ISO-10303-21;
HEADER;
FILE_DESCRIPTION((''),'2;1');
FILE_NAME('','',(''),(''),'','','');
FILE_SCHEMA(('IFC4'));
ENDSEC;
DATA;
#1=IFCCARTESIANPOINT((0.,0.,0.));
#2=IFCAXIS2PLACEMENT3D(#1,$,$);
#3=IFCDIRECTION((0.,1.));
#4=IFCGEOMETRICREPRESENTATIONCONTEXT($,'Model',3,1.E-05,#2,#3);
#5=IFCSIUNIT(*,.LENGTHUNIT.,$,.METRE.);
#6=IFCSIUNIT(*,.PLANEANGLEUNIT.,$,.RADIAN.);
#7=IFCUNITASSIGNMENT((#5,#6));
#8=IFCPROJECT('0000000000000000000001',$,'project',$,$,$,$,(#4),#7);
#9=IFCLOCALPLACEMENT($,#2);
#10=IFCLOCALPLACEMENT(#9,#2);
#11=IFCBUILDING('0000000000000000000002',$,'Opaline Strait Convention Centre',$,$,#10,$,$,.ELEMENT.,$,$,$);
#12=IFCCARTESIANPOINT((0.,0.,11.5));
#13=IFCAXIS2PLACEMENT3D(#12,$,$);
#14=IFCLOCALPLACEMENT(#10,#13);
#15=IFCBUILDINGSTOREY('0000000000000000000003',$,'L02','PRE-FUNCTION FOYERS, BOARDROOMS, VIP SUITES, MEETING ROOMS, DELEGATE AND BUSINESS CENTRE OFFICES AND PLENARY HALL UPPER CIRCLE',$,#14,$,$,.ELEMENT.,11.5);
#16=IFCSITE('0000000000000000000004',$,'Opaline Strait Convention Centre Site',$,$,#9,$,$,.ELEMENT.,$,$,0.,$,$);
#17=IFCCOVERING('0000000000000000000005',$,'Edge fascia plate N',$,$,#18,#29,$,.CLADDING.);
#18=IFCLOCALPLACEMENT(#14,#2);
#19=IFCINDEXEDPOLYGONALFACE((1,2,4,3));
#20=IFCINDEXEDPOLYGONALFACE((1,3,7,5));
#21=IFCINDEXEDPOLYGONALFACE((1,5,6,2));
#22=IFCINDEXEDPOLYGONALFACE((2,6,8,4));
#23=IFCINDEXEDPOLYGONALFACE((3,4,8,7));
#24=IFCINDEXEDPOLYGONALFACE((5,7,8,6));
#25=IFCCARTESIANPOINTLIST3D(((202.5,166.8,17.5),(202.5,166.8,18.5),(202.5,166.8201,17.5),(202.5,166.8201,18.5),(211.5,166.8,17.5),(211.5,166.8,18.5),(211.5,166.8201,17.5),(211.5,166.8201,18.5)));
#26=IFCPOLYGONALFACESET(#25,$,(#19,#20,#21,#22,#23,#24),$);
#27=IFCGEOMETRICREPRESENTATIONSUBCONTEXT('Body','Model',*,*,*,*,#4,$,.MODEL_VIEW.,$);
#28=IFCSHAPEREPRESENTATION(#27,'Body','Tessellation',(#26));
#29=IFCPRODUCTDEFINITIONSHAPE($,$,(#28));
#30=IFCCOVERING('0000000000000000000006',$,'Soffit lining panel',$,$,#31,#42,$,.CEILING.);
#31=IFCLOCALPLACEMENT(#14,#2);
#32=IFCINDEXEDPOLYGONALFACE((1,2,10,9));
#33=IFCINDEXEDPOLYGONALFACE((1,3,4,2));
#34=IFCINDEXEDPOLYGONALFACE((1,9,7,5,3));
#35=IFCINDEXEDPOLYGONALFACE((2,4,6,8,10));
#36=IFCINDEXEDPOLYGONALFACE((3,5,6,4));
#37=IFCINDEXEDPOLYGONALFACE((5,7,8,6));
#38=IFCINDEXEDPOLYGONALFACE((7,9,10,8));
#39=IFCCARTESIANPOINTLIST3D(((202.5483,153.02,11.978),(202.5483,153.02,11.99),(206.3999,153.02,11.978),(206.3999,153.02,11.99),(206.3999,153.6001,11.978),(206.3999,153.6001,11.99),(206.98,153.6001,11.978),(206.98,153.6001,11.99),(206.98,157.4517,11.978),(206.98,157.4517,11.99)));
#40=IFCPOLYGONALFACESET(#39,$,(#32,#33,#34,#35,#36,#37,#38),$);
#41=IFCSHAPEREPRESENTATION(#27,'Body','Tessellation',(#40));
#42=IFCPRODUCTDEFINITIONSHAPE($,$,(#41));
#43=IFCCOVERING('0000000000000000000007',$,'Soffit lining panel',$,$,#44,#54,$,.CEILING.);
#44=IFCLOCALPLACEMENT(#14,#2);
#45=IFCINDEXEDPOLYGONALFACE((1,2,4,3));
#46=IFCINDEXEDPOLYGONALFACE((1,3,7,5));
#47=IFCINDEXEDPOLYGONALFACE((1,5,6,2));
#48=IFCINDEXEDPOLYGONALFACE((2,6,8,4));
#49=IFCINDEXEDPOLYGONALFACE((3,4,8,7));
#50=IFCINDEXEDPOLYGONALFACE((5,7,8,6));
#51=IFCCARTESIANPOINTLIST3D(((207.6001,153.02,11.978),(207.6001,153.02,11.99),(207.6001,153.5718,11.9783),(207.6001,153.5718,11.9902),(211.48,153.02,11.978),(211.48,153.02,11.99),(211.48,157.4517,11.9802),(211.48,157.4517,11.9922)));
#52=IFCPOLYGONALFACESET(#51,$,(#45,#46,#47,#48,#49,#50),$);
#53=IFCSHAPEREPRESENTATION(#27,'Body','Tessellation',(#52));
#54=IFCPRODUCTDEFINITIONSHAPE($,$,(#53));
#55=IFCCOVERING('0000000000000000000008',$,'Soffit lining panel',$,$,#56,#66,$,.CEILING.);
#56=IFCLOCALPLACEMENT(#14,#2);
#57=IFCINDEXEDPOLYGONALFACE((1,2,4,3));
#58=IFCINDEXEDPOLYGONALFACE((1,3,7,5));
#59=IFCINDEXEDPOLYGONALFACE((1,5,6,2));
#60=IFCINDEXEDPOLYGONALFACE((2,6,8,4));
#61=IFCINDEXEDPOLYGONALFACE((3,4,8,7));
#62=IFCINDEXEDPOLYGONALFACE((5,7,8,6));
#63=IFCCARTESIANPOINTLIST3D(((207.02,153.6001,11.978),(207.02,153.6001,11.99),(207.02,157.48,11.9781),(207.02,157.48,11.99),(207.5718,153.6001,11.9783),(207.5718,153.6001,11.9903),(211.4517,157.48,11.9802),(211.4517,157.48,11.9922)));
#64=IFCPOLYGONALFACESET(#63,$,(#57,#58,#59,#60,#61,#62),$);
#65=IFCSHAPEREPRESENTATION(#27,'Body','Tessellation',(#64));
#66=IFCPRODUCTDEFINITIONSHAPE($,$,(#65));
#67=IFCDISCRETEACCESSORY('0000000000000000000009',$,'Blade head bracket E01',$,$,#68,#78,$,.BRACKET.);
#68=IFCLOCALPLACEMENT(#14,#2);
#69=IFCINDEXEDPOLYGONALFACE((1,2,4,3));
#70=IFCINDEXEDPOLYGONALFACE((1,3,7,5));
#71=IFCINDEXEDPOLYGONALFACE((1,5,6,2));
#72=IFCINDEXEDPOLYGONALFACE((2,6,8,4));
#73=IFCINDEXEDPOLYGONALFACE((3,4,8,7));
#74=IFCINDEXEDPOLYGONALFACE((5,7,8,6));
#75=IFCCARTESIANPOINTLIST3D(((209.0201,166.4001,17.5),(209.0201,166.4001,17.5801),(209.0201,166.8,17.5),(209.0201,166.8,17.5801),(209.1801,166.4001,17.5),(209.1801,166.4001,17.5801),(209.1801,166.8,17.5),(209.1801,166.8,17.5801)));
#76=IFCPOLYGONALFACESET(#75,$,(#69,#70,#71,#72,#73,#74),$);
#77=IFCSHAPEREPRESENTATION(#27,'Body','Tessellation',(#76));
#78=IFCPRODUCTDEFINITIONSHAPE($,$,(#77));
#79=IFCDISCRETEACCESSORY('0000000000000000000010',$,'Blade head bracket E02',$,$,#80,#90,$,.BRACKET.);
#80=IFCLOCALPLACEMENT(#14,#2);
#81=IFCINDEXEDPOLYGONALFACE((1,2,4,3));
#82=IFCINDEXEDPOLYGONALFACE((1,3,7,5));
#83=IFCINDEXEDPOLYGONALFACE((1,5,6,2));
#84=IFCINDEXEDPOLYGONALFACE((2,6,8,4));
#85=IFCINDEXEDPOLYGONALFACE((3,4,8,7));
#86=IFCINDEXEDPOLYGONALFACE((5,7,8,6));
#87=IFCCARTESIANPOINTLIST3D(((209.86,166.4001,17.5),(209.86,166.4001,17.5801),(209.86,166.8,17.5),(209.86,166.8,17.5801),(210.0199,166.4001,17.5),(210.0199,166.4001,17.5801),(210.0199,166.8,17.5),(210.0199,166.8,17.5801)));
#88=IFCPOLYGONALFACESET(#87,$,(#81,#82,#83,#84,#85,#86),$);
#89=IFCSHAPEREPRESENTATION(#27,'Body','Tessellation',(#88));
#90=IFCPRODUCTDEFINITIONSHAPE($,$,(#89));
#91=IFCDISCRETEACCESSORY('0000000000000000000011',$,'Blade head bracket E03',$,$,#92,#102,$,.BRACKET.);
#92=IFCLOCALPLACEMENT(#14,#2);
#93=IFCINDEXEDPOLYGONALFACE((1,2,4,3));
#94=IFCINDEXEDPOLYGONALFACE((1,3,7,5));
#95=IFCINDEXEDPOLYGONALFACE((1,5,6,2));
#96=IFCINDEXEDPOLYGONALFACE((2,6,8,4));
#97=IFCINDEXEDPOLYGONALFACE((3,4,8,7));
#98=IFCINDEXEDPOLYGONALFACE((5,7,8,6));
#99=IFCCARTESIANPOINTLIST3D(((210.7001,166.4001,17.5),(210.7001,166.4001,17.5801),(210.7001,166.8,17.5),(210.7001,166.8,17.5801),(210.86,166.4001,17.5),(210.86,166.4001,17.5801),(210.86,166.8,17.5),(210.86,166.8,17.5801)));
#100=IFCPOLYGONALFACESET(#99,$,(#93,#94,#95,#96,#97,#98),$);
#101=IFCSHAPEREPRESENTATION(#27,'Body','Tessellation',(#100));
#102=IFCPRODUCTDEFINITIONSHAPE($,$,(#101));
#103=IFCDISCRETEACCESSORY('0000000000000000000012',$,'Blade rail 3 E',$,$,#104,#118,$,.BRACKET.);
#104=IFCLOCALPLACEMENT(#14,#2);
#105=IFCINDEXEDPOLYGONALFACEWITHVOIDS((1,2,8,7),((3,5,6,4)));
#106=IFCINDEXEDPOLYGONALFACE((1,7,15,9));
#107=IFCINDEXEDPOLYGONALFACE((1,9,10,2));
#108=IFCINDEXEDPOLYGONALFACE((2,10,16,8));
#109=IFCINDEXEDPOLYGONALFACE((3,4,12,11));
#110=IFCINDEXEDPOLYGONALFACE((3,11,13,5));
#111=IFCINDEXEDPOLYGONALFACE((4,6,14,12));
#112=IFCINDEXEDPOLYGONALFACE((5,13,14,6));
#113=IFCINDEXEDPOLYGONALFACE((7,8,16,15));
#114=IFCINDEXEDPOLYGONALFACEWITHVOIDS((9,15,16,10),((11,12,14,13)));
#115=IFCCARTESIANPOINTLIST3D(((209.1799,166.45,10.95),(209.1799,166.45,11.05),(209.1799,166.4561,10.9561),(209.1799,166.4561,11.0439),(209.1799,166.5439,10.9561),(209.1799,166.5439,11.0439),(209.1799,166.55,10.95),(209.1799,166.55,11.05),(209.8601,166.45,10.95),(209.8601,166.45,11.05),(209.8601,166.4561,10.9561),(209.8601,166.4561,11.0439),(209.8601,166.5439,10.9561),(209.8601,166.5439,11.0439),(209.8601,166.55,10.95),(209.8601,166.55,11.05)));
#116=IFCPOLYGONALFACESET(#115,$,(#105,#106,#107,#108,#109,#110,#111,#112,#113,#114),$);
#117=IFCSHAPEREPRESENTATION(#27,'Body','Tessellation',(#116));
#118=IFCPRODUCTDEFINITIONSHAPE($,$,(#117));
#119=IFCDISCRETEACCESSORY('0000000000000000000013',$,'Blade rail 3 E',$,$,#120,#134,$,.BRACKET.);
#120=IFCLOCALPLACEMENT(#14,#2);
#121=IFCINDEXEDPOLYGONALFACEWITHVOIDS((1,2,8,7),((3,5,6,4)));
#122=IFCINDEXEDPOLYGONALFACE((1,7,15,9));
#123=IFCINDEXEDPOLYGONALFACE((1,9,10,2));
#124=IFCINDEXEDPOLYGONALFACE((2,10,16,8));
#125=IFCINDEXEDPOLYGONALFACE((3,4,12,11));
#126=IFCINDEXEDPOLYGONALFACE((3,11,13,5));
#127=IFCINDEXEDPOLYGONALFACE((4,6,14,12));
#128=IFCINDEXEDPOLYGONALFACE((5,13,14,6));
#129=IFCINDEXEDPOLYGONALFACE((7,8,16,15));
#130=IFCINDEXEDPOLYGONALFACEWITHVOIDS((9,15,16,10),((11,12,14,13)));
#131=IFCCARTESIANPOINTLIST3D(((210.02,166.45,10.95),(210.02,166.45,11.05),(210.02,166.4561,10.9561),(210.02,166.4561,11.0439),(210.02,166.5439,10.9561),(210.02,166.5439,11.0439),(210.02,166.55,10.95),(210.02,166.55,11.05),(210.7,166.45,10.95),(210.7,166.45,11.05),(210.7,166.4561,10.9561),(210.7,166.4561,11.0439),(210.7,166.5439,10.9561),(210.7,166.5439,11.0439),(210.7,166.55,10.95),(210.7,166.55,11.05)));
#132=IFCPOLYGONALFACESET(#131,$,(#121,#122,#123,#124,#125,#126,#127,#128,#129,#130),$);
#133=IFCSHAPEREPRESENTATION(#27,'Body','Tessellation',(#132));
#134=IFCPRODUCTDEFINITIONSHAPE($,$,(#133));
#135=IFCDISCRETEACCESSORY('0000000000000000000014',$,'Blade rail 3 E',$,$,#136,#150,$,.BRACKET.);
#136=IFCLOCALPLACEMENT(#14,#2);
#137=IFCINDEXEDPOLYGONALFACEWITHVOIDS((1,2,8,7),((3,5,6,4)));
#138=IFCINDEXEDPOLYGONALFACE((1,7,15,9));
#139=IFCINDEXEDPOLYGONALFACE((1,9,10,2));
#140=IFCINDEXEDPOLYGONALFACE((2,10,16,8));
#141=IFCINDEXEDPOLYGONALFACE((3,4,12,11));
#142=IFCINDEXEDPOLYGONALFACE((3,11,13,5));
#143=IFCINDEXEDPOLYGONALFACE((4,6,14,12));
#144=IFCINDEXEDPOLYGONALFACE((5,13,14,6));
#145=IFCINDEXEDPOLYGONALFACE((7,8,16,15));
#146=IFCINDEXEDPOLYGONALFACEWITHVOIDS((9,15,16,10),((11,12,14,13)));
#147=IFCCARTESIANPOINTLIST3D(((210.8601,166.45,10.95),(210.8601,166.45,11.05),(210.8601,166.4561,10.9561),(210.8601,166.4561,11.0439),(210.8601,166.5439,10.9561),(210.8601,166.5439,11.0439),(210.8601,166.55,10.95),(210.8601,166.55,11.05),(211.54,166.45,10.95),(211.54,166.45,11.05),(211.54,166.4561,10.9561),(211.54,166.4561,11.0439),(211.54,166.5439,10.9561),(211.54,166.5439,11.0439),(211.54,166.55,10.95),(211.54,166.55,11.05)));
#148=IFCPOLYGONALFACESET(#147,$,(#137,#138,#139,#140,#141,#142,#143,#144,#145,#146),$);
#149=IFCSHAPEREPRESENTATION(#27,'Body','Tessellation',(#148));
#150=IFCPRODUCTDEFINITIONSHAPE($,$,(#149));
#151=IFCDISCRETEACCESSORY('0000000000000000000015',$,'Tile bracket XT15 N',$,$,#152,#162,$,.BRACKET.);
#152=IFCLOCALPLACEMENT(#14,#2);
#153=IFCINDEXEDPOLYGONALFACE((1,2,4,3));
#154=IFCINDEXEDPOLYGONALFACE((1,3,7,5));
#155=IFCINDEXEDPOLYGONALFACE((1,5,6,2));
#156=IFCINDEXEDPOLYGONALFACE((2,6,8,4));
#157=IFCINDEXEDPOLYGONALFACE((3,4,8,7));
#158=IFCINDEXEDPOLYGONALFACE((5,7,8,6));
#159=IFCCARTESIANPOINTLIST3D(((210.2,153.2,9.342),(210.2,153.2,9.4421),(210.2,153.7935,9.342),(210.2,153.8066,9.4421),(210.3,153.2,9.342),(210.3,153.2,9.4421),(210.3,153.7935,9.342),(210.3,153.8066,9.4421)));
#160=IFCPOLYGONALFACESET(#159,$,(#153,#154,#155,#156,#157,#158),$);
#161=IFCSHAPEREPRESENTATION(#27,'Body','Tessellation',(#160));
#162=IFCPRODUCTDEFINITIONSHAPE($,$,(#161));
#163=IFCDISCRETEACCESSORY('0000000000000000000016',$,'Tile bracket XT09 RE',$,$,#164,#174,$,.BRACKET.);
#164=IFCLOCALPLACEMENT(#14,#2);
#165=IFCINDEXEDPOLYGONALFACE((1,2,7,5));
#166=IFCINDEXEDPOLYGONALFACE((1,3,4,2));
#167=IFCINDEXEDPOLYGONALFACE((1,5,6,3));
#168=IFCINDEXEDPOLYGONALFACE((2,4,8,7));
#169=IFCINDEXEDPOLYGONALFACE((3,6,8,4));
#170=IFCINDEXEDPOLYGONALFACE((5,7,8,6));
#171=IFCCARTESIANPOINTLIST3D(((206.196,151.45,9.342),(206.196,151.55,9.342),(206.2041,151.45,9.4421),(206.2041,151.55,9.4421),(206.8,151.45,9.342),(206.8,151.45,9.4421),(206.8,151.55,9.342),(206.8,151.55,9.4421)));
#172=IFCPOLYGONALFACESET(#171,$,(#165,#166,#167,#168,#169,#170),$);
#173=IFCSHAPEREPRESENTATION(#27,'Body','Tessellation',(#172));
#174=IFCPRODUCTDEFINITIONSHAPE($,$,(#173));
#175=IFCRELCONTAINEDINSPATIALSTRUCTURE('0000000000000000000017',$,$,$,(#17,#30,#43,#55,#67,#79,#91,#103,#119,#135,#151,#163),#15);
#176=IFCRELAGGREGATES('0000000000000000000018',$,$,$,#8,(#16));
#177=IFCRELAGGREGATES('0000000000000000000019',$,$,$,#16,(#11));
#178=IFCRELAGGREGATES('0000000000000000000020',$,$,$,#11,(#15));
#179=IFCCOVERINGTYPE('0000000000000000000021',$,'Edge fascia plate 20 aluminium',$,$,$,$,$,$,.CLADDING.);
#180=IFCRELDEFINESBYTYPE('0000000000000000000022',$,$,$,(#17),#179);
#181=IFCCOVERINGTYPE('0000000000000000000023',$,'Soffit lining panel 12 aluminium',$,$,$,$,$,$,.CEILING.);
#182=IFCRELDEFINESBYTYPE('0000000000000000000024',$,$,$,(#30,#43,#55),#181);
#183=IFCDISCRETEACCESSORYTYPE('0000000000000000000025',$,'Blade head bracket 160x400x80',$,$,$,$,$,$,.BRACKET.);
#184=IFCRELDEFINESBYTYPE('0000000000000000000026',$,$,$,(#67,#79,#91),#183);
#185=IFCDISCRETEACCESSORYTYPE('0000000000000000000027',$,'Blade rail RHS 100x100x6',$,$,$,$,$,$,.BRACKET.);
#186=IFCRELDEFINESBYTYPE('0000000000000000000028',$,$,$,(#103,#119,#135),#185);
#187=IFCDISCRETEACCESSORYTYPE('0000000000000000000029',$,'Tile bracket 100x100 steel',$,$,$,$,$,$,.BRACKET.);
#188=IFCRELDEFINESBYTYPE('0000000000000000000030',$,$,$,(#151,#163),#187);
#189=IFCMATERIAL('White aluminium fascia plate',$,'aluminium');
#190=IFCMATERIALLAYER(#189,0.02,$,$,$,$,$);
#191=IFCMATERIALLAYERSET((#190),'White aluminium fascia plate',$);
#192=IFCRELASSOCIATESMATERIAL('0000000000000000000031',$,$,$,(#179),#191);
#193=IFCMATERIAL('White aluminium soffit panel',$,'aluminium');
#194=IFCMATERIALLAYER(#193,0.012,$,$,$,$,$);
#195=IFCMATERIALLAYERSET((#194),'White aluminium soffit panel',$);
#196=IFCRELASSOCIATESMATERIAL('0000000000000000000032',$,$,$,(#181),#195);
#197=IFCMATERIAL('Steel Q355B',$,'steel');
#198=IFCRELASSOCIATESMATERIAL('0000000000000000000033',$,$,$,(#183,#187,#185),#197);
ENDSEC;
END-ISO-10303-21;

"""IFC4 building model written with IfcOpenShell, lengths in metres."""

from ifc_helpers import new_model, si_unit, direction, frame, origin, origin_2d, place, context, subcontext, project, spatial, polyline, rectangle, hollow_rectangle, outline, extrude, material, layer, layer_set, material_profile, profile_set, type_object, element, save


model = new_model("IFC4")

# Units and contexts
model_context = context("Model", 3, precision=1e-05, world=origin(), true_north=direction((0.0, 1.0)))
body_context = subcontext(model_context, "Body", "Model", "MODEL_VIEW")
ifc_project = project(units=[si_unit("LENGTHUNIT", "METRE"), si_unit("PLANEANGLEUNIT", "RADIAN")], contexts=[model_context])

# Site, building, storey
site_placement = place(None, origin())
site = spatial("IfcSite", under=ifc_project, at=site_placement, Name="Opaline Strait Convention Centre Site", CompositionType="ELEMENT", RefElevation=0.0)
building_placement = place(site_placement, origin())
building = spatial("IfcBuilding", under=site, at=building_placement, Name="Opaline Strait Convention Centre", CompositionType="ELEMENT")
storey_placement = place(building_placement, frame((0.0, 0.0, 11.5)))
storey = spatial("IfcBuildingStorey", under=building, at=storey_placement, Name="L02", Description="PRE-FUNCTION FOYERS, BOARDROOMS, VIP SUITES, MEETING ROOMS, DELEGATE AND BUSINESS CENTRE OFFICES AND PLENARY HALL UPPER CIRCLE", CompositionType="ELEMENT", Elevation=11.5)

# Shared definitions
ifc_material_1 = material(Name="Steel Q355B", Category="steel")

# Coverings
ifc_material_2 = material(Name="White aluminium fascia plate", Category="aluminium")
ifc_layer_1 = layer(ifc_material_2, 0.02)
ifc_layer_set_1 = layer_set([ifc_layer_1], Name="White aluminium fascia plate")
covering_type_1 = type_object("IfcCoveringType", Name="Edge fascia plate 20 aluminium", PredefinedType="CLADDING", material=ifc_layer_set_1)
covering_1_placement = place(storey_placement, frame((207.0, 166.8, 18.0), z_axis=(0.0, 1.0, 0.0), x_axis=(-1.0, 0.0, 0.0)))
element("IfcCovering", 1, at=covering_1_placement, inside=storey, type_object=covering_type_1, Name="Edge fascia plate N", PredefinedType="CLADDING", context=body_context, shape_type="SweptSolid", body=[
    extrude(outline(polyline([(-4.5, 0.5), (4.5, 0.5), (4.5, -0.5), (-4.5, -0.5), (-4.5, 0.5)])), origin(), (0.0, 0.0, 1.0), 0.02),
])
ifc_material_3 = material(Name="White aluminium soffit panel", Category="aluminium")
ifc_layer_2 = layer(ifc_material_3, 0.012)
ifc_layer_set_2 = layer_set([ifc_layer_2], Name="White aluminium soffit panel")
covering_type_2 = type_object("IfcCoveringType", Name="Soffit lining panel 12 aluminium", PredefinedType="CEILING", material=ifc_layer_set_2)
covering_2_placement = place(storey_placement, frame((206.98, 153.6001, 11.99), z_axis=(0.0, 0.0, 1.0), x_axis=(-1.0, 0.0, 0.0)))
element("IfcCovering", 2, at=covering_2_placement, inside=storey, type_object=covering_type_2, Name="Soffit lining panel", PredefinedType="CEILING", context=body_context, shape_type="SweptSolid", body=[
    extrude(outline(polyline([(0.0, 0.0), (0.5801, 0.0), (0.5801, 0.5801), (4.4316, 0.5801), (0.0, -3.8516), (0.0, 0.0)])), origin(), (0.0, 0.0, -1.0), 0.012),
])
covering_3_placement = place(storey_placement, frame((207.6001, 153.5718, 11.9902), z_axis=(-0.000007, -0.00049, 1.0), x_axis=(0.707107, 0.707107, 0.000351)))
element("IfcCovering", 3, at=covering_3_placement, inside=storey, type_object=covering_type_2, Name="Soffit lining panel", PredefinedType="CEILING", context=body_context, shape_type="SweptSolid", body=[
    extrude(outline(polyline([(0.0, 0.0), (5.487, 0.0), (2.3533, -3.1336), (-0.3902, -0.3902), (0.0, 0.0)])), origin(), (0.0, 0.0, -1.0), 0.012),
])
covering_4_placement = place(storey_placement, frame((207.02, 153.6001, 11.99), z_axis=(-0.00049, -0.000007, 1.0), x_axis=(0.0, 1.0, 0.000007)))
element("IfcCovering", 4, at=covering_4_placement, inside=storey, type_object=covering_type_2, Name="Soffit lining panel", PredefinedType="CEILING", context=body_context, shape_type="SweptSolid", body=[
    extrude(outline(polyline([(0.0, 0.0), (3.8799, 0.0), (3.8799, -4.4316), (0.0, -0.5518), (0.0, 0.0)])), origin(), (0.0, 0.0, -1.0), 0.012),
])

# Discrete accessories
discrete_accessory_type_1 = type_object("IfcDiscreteAccessoryType", Name="Blade head bracket 160x400x80", PredefinedType="BRACKET", material=ifc_material_1)
for number, where, z_axis, x_axis, name in (
    (5, (209.1001, 166.6001, 17.5), (0.0, 0.0, 1.0), (1.0, 0.0, 0.0), "Blade head bracket E01"),
    (6, (209.9399, 166.6001, 17.5), (0.0, 0.0, 1.0), (1.0, 0.0, 0.0), "Blade head bracket E02"),
    (7, (210.78, 166.6001, 17.5), (0.0, 0.0, 1.0), (1.0, 0.0, 0.0), "Blade head bracket E03"),
):
    element("IfcDiscreteAccessory", number, at=place(storey_placement, frame(where, z_axis=z_axis, x_axis=x_axis)), inside=storey, type_object=discrete_accessory_type_1, Name=name, PredefinedType="BRACKET", context=body_context, shape_type="SweptSolid", body=[
        extrude(rectangle(XDim=0.1599, YDim=0.3999, at=origin_2d()), origin(), (0.0, 0.0, 1.0), 0.0801),
    ])
ifc_material_profile_1 = material_profile(ifc_material_1, hollow_rectangle(XDim=0.1001, YDim=0.1001, WallThickness=0.0061, at=origin_2d()), Name="RHS 100x100x6")
ifc_profile_set_1 = profile_set([ifc_material_profile_1], Name="Steel Q355B")
discrete_accessory_type_2 = type_object("IfcDiscreteAccessoryType", Name="Blade rail RHS 100x100x6", PredefinedType="BRACKET", material=ifc_profile_set_1)
discrete_accessory_1_placement = place(storey_placement, frame((209.1799, 166.5, 11.0), z_axis=(1.0, 0.0, 0.0), x_axis=(0.0, 1.0, 0.0)))
element("IfcDiscreteAccessory", 8, at=discrete_accessory_1_placement, inside=storey, type_object=discrete_accessory_type_2, Name="Blade rail 3 E", PredefinedType="BRACKET", context=body_context, shape_type="SweptSolid", body=[
    extrude(hollow_rectangle(XDim=0.1001, YDim=0.1001, WallThickness=0.0061, at=origin_2d()), origin(), (0.0, 0.0, 1.0), 0.6802),
])
for number, where, z_axis, x_axis, name in (
    (9, (210.02, 166.5, 11.0), (1.0, 0.0, 0.0), (0.0, 1.0, 0.0), "Blade rail 3 E"),
    (10, (210.8601, 166.5, 11.0), (1.0, 0.0, 0.0), (0.0, 1.0, 0.0), "Blade rail 3 E"),
):
    element("IfcDiscreteAccessory", number, at=place(storey_placement, frame(where, z_axis=z_axis, x_axis=x_axis)), inside=storey, type_object=discrete_accessory_type_2, Name=name, PredefinedType="BRACKET", context=body_context, shape_type="SweptSolid", body=[
        extrude(hollow_rectangle(XDim=0.1001, YDim=0.1001, WallThickness=0.0061, at=origin_2d()), origin(), (0.0, 0.0, 1.0), 0.6799),
    ])
discrete_accessory_type_3 = type_object("IfcDiscreteAccessoryType", Name="Tile bracket 100x100 steel", PredefinedType="BRACKET", material=ifc_material_1)
discrete_accessory_2_placement = place(storey_placement, frame((210.3, 153.2, 9.3921), z_axis=(-1.0, 0.0, 0.0), x_axis=(0.0, -1.0, 0.0)))
element("IfcDiscreteAccessory", 11, at=discrete_accessory_2_placement, inside=storey, type_object=discrete_accessory_type_3, Name="Tile bracket XT15 N", PredefinedType="BRACKET", context=body_context, shape_type="SweptSolid", body=[
    extrude(outline(polyline([(0.0, -0.05), (0.0, 0.05), (-0.6067, 0.05), (-0.5935, -0.05), (0.0, -0.05)])), origin(), (0.0, 0.0, 1.0), 0.1001),
])
discrete_accessory_3_placement = place(storey_placement, frame((206.8, 151.55, 9.3921), z_axis=(0.0, -1.0, 0.0), x_axis=(1.0, 0.0, 0.0)))
element("IfcDiscreteAccessory", 12, at=discrete_accessory_3_placement, inside=storey, type_object=discrete_accessory_type_3, Name="Tile bracket XT09 RE", PredefinedType="BRACKET", context=body_context, shape_type="SweptSolid", body=[
    extrude(outline(polyline([(0.0, -0.05), (0.0, 0.05), (-0.5959, 0.05), (-0.604, -0.05), (0.0, -0.05)])), origin(), (0.0, 0.0, 1.0), 0.1001),
])

save(model, "model.ifc")
